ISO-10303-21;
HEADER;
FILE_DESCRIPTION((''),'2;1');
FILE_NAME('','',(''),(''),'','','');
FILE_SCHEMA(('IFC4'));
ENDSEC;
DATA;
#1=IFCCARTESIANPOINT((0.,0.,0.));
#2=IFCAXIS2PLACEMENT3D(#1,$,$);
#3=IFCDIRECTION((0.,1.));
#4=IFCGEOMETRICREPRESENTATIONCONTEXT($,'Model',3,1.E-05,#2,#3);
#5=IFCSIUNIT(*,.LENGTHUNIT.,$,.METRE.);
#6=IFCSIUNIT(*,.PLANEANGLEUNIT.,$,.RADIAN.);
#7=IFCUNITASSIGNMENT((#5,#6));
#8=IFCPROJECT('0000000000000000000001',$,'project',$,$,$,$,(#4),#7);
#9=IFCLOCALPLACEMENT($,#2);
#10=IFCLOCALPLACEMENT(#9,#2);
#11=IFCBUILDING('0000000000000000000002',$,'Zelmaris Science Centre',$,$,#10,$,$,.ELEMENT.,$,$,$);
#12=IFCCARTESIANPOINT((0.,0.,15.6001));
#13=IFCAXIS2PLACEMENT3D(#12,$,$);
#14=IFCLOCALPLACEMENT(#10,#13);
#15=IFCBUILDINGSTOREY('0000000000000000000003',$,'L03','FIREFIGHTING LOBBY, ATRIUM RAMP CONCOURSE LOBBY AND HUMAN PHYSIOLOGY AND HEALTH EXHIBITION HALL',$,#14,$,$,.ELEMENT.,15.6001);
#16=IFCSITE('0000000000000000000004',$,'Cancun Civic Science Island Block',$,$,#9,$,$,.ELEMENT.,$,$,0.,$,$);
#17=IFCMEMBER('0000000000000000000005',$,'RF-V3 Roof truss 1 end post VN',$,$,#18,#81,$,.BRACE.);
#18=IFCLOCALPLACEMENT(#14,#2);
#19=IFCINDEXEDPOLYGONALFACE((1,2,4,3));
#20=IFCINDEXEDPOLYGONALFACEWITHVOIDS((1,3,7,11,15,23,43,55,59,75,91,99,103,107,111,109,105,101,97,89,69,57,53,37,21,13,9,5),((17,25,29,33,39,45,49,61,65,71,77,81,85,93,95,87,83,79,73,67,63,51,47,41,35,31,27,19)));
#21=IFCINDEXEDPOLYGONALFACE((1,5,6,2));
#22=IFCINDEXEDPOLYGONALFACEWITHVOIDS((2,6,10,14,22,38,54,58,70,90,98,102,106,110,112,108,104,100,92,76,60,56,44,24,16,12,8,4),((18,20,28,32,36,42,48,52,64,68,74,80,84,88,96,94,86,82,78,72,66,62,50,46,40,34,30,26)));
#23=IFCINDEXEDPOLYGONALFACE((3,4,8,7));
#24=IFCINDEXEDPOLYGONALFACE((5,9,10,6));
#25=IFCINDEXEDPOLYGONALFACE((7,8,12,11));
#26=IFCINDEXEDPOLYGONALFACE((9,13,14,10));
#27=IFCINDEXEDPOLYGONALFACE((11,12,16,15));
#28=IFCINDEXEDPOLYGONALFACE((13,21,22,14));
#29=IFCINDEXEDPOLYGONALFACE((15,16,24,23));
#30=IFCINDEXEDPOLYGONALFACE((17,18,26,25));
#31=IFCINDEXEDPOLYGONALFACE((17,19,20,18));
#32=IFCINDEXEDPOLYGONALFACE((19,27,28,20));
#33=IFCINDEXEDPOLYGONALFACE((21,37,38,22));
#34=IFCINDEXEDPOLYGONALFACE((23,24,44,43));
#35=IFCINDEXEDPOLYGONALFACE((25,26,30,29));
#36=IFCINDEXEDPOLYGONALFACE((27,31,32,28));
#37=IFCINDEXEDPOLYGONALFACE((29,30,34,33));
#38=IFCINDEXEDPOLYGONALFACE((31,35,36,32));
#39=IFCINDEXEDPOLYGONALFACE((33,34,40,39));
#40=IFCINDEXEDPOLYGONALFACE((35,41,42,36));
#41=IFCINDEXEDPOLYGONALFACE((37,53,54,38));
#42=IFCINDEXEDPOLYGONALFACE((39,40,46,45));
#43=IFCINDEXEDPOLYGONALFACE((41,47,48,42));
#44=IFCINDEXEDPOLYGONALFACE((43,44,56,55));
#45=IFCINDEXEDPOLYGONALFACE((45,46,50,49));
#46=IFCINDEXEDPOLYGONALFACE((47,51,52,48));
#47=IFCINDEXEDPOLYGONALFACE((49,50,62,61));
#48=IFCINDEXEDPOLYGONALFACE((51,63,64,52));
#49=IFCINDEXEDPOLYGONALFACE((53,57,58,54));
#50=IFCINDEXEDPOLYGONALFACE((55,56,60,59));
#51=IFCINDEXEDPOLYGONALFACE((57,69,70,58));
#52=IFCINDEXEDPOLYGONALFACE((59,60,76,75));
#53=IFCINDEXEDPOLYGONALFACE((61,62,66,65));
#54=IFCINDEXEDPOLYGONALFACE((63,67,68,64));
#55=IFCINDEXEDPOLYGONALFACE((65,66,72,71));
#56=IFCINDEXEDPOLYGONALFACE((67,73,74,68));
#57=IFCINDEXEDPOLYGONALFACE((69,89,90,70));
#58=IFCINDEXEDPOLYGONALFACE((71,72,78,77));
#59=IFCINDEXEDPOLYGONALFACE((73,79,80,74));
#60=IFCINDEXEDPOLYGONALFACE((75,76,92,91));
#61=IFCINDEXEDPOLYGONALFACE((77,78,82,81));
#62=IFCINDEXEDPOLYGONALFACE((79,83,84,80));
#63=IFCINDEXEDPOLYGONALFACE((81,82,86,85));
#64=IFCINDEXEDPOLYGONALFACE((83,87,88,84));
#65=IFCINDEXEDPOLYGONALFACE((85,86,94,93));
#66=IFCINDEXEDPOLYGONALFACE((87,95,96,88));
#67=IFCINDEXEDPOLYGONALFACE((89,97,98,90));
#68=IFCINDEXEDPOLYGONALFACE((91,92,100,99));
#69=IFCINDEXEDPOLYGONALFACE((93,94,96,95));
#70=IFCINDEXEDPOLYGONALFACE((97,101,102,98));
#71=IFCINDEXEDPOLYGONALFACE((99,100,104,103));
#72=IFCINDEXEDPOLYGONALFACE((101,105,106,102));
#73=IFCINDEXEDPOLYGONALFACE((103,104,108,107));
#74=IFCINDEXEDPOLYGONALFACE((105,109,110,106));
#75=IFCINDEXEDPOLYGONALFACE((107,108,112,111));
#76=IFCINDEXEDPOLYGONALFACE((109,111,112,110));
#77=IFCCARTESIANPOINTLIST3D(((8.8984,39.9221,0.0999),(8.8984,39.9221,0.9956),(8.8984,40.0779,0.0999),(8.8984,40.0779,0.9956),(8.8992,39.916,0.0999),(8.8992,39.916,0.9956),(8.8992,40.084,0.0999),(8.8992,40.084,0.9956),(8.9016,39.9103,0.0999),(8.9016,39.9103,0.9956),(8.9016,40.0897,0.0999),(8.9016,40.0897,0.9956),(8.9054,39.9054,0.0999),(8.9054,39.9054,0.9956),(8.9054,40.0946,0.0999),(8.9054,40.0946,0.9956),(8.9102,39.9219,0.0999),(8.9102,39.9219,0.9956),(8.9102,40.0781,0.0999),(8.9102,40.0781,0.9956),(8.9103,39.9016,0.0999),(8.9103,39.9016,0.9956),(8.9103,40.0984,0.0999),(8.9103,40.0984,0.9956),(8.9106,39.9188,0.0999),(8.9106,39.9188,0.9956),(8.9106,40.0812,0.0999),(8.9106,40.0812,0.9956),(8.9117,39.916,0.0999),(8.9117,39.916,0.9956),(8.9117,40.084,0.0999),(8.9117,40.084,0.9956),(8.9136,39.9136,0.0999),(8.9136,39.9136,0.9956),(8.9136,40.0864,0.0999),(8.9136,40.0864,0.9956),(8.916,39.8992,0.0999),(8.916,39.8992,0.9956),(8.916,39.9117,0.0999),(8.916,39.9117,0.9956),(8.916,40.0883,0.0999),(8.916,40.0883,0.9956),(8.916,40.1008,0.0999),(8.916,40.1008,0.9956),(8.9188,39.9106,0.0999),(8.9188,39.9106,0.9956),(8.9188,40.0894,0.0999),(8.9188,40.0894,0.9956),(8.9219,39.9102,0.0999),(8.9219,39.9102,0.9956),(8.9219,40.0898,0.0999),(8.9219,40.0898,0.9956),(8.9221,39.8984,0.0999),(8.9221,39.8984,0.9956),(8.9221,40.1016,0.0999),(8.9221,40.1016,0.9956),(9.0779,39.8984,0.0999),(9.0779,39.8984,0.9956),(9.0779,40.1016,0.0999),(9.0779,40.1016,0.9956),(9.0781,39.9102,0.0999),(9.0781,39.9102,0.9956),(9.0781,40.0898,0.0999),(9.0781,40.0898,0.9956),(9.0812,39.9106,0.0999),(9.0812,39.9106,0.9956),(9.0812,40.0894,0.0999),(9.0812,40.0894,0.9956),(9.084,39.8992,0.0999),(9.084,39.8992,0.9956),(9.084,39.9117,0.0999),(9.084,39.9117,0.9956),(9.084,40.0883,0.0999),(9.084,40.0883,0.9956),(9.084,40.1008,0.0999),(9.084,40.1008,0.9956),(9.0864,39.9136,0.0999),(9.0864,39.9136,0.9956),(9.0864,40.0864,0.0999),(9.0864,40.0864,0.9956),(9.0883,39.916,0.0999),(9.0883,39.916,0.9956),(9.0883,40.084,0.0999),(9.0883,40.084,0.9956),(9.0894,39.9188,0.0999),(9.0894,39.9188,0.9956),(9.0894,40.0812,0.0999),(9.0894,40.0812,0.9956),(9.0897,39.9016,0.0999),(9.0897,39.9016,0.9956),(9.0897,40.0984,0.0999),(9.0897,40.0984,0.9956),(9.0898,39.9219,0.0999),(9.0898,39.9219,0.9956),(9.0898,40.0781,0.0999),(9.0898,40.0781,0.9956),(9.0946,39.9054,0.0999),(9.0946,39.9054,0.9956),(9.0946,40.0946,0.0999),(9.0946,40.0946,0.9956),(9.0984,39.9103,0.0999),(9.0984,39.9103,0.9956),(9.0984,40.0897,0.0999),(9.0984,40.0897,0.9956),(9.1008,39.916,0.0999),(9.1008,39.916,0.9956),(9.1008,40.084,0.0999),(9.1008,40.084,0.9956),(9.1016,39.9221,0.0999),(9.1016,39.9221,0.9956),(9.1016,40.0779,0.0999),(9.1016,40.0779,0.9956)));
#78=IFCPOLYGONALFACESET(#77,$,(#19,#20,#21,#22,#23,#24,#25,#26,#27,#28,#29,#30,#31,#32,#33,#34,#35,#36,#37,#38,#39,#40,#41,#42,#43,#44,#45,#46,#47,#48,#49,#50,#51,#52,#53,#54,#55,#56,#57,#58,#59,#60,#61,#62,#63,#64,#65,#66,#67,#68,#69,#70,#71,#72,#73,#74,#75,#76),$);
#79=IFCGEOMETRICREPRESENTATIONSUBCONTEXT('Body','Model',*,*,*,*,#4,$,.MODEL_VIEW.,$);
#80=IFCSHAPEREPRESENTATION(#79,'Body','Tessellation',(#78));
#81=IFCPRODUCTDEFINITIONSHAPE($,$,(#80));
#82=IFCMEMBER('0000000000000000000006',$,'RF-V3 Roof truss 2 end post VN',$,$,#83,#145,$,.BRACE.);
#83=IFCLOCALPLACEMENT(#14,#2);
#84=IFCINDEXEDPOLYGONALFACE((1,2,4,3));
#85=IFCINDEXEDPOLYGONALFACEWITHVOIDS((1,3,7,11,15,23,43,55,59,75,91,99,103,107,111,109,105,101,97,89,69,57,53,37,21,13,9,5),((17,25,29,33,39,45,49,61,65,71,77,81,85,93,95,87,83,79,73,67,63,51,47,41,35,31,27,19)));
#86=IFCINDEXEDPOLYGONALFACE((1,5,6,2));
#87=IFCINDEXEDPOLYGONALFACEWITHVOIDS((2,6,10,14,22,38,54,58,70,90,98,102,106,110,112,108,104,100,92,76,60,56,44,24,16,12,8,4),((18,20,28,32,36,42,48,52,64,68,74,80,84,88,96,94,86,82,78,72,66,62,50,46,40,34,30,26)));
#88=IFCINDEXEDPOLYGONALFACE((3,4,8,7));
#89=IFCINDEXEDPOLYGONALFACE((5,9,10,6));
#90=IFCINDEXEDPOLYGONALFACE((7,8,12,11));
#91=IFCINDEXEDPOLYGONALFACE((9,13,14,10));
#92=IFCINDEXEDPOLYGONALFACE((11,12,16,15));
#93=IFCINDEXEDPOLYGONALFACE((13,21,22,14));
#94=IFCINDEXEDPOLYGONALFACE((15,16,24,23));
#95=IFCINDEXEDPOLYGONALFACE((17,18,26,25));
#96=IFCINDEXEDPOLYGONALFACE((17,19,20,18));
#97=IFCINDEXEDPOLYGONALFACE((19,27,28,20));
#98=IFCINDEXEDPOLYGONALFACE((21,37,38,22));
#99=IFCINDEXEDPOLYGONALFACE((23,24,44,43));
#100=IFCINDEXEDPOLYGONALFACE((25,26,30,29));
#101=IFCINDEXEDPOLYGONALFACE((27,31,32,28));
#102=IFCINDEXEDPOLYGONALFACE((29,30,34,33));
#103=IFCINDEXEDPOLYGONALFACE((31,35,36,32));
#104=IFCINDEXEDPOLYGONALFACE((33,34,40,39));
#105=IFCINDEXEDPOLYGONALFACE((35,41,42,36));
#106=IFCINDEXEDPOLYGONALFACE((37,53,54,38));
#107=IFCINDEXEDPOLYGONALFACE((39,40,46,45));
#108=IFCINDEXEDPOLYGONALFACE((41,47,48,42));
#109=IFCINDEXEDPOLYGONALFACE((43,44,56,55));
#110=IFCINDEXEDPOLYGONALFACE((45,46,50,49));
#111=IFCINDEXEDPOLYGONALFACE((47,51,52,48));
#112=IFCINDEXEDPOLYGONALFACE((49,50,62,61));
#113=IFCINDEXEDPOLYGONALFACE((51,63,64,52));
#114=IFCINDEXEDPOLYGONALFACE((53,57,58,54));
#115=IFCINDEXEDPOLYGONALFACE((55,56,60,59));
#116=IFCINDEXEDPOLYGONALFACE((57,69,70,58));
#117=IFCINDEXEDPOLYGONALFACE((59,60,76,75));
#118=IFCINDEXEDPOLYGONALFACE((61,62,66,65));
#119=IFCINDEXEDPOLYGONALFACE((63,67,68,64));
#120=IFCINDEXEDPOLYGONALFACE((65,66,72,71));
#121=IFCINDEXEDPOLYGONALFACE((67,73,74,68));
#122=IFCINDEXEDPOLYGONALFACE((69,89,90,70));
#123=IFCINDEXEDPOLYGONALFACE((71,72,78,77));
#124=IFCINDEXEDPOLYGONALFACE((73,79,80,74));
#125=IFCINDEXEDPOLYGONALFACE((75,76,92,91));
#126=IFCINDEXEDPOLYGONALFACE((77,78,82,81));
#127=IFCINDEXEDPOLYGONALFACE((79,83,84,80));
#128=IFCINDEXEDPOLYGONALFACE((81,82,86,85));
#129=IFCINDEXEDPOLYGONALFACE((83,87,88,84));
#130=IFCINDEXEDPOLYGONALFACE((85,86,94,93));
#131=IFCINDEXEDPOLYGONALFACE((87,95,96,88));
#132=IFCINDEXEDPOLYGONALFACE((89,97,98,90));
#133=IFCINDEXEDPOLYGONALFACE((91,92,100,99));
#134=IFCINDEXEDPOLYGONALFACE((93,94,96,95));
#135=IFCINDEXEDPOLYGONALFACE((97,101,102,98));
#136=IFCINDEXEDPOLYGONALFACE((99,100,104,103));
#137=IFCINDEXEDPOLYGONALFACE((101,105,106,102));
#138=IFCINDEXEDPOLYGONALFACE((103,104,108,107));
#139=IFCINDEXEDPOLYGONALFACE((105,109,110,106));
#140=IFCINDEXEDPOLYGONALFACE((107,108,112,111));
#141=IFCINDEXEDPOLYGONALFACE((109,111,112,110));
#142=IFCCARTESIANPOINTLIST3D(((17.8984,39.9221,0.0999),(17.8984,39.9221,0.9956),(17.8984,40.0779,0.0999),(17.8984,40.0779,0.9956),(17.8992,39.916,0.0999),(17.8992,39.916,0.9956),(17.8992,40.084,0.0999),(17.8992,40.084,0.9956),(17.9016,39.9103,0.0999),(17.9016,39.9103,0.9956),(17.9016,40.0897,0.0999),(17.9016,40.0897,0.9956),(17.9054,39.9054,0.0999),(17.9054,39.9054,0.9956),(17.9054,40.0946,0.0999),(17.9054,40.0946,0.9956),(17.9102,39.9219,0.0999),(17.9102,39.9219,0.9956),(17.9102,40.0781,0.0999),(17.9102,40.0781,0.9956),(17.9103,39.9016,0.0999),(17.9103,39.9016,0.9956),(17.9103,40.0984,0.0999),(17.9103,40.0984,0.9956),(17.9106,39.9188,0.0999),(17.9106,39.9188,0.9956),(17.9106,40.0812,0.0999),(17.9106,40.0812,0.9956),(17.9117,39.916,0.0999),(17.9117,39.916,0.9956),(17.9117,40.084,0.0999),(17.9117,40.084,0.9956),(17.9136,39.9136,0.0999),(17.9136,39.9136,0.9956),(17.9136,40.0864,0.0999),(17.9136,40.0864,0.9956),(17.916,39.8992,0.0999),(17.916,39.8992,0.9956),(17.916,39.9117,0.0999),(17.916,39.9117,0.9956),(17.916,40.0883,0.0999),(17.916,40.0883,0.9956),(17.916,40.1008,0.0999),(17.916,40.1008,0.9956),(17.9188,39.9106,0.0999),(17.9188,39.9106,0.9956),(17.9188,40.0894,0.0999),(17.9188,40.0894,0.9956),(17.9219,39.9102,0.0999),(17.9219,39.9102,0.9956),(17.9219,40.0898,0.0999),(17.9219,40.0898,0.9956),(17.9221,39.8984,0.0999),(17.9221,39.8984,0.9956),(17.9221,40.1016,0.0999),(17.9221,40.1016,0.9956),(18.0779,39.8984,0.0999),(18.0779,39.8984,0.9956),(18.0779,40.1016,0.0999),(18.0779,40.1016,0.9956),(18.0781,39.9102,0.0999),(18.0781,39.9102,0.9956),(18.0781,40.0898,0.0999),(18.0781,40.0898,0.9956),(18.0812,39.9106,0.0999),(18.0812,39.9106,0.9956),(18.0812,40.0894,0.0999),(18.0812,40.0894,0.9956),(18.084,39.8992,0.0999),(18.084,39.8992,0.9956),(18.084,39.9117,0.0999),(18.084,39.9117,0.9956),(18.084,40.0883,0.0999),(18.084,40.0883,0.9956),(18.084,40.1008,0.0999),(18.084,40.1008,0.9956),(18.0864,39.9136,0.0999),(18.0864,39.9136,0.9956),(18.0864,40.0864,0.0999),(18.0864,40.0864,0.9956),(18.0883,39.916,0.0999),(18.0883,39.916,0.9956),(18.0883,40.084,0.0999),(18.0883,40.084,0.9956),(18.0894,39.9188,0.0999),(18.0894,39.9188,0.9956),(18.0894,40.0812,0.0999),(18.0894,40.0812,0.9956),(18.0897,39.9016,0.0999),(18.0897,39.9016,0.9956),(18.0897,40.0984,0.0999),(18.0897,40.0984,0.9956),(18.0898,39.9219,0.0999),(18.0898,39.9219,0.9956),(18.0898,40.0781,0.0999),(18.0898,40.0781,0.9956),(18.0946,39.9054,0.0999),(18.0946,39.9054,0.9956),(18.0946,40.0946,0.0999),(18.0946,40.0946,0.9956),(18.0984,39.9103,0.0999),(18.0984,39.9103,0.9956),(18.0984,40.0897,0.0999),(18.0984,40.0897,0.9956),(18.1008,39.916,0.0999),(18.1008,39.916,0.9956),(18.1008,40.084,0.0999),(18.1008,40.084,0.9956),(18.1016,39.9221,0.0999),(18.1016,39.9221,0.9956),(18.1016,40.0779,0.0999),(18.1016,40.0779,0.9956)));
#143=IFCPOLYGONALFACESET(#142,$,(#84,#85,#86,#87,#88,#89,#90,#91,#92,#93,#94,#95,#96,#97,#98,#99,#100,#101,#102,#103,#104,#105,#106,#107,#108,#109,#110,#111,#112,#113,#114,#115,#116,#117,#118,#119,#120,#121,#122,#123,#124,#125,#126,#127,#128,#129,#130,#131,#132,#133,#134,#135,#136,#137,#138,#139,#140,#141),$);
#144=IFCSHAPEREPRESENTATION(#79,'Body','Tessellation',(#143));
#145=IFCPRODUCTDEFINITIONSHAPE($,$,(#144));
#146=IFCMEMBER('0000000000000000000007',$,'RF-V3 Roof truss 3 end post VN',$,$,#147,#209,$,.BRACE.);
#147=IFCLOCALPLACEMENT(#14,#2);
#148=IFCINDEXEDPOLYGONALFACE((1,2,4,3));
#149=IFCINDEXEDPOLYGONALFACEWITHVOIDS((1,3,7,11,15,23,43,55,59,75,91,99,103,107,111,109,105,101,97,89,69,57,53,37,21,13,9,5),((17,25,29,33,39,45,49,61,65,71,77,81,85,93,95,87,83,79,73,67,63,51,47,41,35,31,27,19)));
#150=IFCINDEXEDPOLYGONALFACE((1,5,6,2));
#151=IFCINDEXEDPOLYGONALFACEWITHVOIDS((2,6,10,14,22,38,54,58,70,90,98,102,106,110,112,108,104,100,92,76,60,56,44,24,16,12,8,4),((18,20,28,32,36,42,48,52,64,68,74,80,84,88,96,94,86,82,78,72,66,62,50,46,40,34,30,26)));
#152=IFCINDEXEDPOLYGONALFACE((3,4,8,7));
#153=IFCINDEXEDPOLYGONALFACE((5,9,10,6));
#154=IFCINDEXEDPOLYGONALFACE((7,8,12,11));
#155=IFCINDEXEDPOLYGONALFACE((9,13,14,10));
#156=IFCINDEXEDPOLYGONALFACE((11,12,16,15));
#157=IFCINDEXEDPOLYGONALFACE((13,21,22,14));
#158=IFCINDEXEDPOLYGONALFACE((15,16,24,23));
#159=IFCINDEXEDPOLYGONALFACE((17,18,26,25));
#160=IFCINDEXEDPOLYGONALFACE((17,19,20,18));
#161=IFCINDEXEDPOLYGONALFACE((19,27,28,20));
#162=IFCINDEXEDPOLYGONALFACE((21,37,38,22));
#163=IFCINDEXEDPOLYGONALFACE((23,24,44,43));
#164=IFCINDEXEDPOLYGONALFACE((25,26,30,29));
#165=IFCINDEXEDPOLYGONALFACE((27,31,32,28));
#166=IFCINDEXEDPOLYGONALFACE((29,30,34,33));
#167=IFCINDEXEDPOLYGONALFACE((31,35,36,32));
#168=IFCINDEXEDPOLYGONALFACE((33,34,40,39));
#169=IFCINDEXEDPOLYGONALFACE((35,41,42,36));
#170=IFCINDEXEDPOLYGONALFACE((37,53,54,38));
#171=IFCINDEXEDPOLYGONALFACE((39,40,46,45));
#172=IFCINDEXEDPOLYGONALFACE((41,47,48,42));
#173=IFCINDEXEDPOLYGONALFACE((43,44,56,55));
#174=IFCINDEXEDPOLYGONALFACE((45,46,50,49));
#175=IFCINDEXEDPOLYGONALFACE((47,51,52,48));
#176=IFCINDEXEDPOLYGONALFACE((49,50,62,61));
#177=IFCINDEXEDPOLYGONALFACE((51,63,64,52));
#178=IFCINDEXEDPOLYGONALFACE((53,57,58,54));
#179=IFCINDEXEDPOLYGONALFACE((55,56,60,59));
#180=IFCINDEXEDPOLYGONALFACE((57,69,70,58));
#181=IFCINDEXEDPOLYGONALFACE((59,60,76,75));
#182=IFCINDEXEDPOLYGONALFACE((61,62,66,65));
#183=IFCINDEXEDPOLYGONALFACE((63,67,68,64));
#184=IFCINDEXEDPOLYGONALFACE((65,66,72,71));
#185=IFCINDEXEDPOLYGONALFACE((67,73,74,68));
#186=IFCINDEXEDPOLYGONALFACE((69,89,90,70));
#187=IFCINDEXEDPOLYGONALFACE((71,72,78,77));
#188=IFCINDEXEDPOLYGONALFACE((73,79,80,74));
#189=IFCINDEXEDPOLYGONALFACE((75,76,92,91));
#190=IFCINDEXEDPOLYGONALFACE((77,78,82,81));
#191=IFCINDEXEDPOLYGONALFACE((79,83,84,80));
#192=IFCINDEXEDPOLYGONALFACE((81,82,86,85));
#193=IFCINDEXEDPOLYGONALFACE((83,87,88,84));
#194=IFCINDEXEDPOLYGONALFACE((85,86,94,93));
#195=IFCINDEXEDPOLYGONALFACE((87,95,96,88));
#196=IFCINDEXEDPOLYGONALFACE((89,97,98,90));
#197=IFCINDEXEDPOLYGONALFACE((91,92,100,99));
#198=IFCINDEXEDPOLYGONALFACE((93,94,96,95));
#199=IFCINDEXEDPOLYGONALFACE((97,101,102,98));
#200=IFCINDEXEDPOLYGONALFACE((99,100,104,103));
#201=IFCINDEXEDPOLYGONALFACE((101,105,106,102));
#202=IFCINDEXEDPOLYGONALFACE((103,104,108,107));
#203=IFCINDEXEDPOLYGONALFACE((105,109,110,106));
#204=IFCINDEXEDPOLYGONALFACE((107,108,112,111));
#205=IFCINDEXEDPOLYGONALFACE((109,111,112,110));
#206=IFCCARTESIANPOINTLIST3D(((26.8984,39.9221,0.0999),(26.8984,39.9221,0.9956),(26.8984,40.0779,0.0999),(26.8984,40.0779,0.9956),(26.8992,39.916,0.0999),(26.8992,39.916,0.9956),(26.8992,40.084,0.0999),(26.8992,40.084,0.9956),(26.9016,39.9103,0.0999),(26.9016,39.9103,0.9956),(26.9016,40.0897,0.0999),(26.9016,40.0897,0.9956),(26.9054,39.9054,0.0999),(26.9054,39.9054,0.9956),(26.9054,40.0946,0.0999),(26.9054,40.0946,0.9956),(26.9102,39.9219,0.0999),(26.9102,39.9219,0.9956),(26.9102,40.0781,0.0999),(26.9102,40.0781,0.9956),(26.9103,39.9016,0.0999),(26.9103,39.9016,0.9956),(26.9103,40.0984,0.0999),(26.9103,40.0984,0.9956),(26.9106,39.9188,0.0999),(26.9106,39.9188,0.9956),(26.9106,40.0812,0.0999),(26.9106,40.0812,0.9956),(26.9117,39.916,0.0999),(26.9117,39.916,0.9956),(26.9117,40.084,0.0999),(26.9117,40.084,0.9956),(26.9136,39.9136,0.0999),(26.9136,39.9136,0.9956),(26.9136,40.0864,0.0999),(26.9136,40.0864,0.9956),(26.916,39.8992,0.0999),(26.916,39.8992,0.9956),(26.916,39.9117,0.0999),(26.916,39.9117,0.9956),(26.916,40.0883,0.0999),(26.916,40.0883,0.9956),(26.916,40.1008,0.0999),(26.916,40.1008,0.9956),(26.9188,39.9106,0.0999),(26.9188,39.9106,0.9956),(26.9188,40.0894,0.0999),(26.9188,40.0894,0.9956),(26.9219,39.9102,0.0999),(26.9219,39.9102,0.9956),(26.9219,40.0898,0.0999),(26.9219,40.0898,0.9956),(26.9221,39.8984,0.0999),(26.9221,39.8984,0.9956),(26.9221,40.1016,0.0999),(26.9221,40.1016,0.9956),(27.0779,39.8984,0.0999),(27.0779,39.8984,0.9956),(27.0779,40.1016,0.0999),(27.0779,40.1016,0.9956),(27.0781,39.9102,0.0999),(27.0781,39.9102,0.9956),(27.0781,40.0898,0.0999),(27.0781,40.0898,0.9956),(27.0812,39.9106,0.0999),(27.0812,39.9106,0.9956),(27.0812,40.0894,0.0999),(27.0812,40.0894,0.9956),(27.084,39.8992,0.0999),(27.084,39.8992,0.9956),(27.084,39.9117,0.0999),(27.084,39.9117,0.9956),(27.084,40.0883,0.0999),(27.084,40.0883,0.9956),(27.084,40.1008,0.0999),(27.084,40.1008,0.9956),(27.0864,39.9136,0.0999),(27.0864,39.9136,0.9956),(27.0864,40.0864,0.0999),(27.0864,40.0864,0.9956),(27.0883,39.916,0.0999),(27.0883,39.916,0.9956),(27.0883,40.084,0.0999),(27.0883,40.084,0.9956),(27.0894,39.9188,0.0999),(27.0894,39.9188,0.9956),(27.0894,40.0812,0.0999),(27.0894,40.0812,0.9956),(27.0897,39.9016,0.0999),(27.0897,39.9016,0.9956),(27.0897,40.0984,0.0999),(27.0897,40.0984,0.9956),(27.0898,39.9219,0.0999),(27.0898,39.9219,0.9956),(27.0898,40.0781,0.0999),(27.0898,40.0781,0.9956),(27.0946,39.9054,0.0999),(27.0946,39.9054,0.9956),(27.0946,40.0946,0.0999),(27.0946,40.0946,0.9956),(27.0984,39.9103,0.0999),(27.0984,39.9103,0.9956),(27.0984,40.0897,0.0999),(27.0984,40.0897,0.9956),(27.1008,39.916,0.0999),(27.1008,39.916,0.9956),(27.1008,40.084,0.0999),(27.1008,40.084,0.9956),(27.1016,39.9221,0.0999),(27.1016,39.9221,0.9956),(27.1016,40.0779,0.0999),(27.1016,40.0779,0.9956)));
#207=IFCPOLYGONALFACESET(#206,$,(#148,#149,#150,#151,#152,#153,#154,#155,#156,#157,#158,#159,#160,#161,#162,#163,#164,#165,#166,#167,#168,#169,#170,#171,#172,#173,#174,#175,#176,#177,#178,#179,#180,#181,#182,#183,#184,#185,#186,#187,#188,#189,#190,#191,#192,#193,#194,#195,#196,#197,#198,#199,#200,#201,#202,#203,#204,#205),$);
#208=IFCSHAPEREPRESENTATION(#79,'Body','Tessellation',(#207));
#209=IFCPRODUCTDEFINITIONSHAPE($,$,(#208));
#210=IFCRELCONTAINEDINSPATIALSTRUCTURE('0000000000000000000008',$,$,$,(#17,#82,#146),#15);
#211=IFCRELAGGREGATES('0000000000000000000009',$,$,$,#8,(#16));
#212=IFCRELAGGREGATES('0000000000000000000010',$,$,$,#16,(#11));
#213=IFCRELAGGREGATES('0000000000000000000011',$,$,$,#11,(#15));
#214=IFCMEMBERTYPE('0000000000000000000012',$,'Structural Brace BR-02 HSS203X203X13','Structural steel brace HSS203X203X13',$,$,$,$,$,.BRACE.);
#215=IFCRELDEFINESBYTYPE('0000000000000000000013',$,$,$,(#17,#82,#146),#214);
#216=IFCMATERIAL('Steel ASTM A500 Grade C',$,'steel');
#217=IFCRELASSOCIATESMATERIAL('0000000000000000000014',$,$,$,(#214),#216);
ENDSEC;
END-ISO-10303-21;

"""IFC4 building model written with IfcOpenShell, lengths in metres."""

from ifc_helpers import new_model, si_unit, direction, frame, origin, origin_2d, place, context, subcontext, project, spatial, hollow_rectangle, extrude, material, material_profile, profile_set, type_object, element, save


model = new_model("IFC4")

# Units and contexts
model_context = context("Model", 3, precision=1e-05, world=origin(), true_north=direction((0.0, 1.0)))
body_context = subcontext(model_context, "Body", "Model", "MODEL_VIEW")
ifc_project = project(units=[si_unit("LENGTHUNIT", "METRE"), si_unit("PLANEANGLEUNIT", "RADIAN")], contexts=[model_context])

# Site, building, storey
site_placement = place(None, origin())
site = spatial("IfcSite", under=ifc_project, at=site_placement, Name="Cancun Civic Science Island Block", CompositionType="ELEMENT", RefElevation=0.0)
building_placement = place(site_placement, origin())
building = spatial("IfcBuilding", under=site, at=building_placement, Name="Zelmaris Science Centre", CompositionType="ELEMENT")
storey_placement = place(building_placement, frame((0.0, 0.0, 15.6001)))
storey = spatial("IfcBuildingStorey", under=building, at=storey_placement, Name="L03", Description="FIREFIGHTING LOBBY, ATRIUM RAMP CONCOURSE LOBBY AND HUMAN PHYSIOLOGY AND HEALTH EXHIBITION HALL", CompositionType="ELEMENT", Elevation=15.6001)

# Members
ifc_material_1 = material(Name="Steel ASTM A500 Grade C", Category="steel")
ifc_material_profile_1 = material_profile(ifc_material_1, hollow_rectangle(XDim=0.2031, YDim=0.2031, WallThickness=0.0117, InnerFilletRadius=0.0117, OuterFilletRadius=0.0237, at=origin_2d()), Name="HSS203X203X13")
ifc_profile_set_1 = profile_set([ifc_material_profile_1], Name="Steel ASTM A500 Grade C")
member_type_1 = type_object("IfcMemberType", Name="Structural Brace BR-02 HSS203X203X13", Description="Structural steel brace HSS203X203X13", PredefinedType="BRACE", material=ifc_profile_set_1)
for number, where, z_axis, x_axis, name in (
    (1, (9.0, 40.0, 0.0999), (0.0, 0.0, 1.0), (1.0, 0.0, 0.0), "RF-V3 Roof truss 1 end post VN"),
    (2, (18.0, 40.0, 0.0999), (0.0, 0.0, 1.0), (1.0, 0.0, 0.0), "RF-V3 Roof truss 2 end post VN"),
    (3, (27.0, 40.0, 0.0999), (0.0, 0.0, 1.0), (1.0, 0.0, 0.0), "RF-V3 Roof truss 3 end post VN"),
):
    element("IfcMember", number, at=place(storey_placement, frame(where, z_axis=z_axis, x_axis=x_axis)), inside=storey, type_object=member_type_1, Name=name, PredefinedType="BRACE", context=body_context, shape_type="SweptSolid", body=[
        extrude(hollow_rectangle(XDim=0.2031, YDim=0.2031, WallThickness=0.0117, InnerFilletRadius=0.0117, OuterFilletRadius=0.0237, at=origin_2d()), origin(), (0.0, 0.0, 1.0), 0.8958),
    ])

save(model, "model.ifc")
